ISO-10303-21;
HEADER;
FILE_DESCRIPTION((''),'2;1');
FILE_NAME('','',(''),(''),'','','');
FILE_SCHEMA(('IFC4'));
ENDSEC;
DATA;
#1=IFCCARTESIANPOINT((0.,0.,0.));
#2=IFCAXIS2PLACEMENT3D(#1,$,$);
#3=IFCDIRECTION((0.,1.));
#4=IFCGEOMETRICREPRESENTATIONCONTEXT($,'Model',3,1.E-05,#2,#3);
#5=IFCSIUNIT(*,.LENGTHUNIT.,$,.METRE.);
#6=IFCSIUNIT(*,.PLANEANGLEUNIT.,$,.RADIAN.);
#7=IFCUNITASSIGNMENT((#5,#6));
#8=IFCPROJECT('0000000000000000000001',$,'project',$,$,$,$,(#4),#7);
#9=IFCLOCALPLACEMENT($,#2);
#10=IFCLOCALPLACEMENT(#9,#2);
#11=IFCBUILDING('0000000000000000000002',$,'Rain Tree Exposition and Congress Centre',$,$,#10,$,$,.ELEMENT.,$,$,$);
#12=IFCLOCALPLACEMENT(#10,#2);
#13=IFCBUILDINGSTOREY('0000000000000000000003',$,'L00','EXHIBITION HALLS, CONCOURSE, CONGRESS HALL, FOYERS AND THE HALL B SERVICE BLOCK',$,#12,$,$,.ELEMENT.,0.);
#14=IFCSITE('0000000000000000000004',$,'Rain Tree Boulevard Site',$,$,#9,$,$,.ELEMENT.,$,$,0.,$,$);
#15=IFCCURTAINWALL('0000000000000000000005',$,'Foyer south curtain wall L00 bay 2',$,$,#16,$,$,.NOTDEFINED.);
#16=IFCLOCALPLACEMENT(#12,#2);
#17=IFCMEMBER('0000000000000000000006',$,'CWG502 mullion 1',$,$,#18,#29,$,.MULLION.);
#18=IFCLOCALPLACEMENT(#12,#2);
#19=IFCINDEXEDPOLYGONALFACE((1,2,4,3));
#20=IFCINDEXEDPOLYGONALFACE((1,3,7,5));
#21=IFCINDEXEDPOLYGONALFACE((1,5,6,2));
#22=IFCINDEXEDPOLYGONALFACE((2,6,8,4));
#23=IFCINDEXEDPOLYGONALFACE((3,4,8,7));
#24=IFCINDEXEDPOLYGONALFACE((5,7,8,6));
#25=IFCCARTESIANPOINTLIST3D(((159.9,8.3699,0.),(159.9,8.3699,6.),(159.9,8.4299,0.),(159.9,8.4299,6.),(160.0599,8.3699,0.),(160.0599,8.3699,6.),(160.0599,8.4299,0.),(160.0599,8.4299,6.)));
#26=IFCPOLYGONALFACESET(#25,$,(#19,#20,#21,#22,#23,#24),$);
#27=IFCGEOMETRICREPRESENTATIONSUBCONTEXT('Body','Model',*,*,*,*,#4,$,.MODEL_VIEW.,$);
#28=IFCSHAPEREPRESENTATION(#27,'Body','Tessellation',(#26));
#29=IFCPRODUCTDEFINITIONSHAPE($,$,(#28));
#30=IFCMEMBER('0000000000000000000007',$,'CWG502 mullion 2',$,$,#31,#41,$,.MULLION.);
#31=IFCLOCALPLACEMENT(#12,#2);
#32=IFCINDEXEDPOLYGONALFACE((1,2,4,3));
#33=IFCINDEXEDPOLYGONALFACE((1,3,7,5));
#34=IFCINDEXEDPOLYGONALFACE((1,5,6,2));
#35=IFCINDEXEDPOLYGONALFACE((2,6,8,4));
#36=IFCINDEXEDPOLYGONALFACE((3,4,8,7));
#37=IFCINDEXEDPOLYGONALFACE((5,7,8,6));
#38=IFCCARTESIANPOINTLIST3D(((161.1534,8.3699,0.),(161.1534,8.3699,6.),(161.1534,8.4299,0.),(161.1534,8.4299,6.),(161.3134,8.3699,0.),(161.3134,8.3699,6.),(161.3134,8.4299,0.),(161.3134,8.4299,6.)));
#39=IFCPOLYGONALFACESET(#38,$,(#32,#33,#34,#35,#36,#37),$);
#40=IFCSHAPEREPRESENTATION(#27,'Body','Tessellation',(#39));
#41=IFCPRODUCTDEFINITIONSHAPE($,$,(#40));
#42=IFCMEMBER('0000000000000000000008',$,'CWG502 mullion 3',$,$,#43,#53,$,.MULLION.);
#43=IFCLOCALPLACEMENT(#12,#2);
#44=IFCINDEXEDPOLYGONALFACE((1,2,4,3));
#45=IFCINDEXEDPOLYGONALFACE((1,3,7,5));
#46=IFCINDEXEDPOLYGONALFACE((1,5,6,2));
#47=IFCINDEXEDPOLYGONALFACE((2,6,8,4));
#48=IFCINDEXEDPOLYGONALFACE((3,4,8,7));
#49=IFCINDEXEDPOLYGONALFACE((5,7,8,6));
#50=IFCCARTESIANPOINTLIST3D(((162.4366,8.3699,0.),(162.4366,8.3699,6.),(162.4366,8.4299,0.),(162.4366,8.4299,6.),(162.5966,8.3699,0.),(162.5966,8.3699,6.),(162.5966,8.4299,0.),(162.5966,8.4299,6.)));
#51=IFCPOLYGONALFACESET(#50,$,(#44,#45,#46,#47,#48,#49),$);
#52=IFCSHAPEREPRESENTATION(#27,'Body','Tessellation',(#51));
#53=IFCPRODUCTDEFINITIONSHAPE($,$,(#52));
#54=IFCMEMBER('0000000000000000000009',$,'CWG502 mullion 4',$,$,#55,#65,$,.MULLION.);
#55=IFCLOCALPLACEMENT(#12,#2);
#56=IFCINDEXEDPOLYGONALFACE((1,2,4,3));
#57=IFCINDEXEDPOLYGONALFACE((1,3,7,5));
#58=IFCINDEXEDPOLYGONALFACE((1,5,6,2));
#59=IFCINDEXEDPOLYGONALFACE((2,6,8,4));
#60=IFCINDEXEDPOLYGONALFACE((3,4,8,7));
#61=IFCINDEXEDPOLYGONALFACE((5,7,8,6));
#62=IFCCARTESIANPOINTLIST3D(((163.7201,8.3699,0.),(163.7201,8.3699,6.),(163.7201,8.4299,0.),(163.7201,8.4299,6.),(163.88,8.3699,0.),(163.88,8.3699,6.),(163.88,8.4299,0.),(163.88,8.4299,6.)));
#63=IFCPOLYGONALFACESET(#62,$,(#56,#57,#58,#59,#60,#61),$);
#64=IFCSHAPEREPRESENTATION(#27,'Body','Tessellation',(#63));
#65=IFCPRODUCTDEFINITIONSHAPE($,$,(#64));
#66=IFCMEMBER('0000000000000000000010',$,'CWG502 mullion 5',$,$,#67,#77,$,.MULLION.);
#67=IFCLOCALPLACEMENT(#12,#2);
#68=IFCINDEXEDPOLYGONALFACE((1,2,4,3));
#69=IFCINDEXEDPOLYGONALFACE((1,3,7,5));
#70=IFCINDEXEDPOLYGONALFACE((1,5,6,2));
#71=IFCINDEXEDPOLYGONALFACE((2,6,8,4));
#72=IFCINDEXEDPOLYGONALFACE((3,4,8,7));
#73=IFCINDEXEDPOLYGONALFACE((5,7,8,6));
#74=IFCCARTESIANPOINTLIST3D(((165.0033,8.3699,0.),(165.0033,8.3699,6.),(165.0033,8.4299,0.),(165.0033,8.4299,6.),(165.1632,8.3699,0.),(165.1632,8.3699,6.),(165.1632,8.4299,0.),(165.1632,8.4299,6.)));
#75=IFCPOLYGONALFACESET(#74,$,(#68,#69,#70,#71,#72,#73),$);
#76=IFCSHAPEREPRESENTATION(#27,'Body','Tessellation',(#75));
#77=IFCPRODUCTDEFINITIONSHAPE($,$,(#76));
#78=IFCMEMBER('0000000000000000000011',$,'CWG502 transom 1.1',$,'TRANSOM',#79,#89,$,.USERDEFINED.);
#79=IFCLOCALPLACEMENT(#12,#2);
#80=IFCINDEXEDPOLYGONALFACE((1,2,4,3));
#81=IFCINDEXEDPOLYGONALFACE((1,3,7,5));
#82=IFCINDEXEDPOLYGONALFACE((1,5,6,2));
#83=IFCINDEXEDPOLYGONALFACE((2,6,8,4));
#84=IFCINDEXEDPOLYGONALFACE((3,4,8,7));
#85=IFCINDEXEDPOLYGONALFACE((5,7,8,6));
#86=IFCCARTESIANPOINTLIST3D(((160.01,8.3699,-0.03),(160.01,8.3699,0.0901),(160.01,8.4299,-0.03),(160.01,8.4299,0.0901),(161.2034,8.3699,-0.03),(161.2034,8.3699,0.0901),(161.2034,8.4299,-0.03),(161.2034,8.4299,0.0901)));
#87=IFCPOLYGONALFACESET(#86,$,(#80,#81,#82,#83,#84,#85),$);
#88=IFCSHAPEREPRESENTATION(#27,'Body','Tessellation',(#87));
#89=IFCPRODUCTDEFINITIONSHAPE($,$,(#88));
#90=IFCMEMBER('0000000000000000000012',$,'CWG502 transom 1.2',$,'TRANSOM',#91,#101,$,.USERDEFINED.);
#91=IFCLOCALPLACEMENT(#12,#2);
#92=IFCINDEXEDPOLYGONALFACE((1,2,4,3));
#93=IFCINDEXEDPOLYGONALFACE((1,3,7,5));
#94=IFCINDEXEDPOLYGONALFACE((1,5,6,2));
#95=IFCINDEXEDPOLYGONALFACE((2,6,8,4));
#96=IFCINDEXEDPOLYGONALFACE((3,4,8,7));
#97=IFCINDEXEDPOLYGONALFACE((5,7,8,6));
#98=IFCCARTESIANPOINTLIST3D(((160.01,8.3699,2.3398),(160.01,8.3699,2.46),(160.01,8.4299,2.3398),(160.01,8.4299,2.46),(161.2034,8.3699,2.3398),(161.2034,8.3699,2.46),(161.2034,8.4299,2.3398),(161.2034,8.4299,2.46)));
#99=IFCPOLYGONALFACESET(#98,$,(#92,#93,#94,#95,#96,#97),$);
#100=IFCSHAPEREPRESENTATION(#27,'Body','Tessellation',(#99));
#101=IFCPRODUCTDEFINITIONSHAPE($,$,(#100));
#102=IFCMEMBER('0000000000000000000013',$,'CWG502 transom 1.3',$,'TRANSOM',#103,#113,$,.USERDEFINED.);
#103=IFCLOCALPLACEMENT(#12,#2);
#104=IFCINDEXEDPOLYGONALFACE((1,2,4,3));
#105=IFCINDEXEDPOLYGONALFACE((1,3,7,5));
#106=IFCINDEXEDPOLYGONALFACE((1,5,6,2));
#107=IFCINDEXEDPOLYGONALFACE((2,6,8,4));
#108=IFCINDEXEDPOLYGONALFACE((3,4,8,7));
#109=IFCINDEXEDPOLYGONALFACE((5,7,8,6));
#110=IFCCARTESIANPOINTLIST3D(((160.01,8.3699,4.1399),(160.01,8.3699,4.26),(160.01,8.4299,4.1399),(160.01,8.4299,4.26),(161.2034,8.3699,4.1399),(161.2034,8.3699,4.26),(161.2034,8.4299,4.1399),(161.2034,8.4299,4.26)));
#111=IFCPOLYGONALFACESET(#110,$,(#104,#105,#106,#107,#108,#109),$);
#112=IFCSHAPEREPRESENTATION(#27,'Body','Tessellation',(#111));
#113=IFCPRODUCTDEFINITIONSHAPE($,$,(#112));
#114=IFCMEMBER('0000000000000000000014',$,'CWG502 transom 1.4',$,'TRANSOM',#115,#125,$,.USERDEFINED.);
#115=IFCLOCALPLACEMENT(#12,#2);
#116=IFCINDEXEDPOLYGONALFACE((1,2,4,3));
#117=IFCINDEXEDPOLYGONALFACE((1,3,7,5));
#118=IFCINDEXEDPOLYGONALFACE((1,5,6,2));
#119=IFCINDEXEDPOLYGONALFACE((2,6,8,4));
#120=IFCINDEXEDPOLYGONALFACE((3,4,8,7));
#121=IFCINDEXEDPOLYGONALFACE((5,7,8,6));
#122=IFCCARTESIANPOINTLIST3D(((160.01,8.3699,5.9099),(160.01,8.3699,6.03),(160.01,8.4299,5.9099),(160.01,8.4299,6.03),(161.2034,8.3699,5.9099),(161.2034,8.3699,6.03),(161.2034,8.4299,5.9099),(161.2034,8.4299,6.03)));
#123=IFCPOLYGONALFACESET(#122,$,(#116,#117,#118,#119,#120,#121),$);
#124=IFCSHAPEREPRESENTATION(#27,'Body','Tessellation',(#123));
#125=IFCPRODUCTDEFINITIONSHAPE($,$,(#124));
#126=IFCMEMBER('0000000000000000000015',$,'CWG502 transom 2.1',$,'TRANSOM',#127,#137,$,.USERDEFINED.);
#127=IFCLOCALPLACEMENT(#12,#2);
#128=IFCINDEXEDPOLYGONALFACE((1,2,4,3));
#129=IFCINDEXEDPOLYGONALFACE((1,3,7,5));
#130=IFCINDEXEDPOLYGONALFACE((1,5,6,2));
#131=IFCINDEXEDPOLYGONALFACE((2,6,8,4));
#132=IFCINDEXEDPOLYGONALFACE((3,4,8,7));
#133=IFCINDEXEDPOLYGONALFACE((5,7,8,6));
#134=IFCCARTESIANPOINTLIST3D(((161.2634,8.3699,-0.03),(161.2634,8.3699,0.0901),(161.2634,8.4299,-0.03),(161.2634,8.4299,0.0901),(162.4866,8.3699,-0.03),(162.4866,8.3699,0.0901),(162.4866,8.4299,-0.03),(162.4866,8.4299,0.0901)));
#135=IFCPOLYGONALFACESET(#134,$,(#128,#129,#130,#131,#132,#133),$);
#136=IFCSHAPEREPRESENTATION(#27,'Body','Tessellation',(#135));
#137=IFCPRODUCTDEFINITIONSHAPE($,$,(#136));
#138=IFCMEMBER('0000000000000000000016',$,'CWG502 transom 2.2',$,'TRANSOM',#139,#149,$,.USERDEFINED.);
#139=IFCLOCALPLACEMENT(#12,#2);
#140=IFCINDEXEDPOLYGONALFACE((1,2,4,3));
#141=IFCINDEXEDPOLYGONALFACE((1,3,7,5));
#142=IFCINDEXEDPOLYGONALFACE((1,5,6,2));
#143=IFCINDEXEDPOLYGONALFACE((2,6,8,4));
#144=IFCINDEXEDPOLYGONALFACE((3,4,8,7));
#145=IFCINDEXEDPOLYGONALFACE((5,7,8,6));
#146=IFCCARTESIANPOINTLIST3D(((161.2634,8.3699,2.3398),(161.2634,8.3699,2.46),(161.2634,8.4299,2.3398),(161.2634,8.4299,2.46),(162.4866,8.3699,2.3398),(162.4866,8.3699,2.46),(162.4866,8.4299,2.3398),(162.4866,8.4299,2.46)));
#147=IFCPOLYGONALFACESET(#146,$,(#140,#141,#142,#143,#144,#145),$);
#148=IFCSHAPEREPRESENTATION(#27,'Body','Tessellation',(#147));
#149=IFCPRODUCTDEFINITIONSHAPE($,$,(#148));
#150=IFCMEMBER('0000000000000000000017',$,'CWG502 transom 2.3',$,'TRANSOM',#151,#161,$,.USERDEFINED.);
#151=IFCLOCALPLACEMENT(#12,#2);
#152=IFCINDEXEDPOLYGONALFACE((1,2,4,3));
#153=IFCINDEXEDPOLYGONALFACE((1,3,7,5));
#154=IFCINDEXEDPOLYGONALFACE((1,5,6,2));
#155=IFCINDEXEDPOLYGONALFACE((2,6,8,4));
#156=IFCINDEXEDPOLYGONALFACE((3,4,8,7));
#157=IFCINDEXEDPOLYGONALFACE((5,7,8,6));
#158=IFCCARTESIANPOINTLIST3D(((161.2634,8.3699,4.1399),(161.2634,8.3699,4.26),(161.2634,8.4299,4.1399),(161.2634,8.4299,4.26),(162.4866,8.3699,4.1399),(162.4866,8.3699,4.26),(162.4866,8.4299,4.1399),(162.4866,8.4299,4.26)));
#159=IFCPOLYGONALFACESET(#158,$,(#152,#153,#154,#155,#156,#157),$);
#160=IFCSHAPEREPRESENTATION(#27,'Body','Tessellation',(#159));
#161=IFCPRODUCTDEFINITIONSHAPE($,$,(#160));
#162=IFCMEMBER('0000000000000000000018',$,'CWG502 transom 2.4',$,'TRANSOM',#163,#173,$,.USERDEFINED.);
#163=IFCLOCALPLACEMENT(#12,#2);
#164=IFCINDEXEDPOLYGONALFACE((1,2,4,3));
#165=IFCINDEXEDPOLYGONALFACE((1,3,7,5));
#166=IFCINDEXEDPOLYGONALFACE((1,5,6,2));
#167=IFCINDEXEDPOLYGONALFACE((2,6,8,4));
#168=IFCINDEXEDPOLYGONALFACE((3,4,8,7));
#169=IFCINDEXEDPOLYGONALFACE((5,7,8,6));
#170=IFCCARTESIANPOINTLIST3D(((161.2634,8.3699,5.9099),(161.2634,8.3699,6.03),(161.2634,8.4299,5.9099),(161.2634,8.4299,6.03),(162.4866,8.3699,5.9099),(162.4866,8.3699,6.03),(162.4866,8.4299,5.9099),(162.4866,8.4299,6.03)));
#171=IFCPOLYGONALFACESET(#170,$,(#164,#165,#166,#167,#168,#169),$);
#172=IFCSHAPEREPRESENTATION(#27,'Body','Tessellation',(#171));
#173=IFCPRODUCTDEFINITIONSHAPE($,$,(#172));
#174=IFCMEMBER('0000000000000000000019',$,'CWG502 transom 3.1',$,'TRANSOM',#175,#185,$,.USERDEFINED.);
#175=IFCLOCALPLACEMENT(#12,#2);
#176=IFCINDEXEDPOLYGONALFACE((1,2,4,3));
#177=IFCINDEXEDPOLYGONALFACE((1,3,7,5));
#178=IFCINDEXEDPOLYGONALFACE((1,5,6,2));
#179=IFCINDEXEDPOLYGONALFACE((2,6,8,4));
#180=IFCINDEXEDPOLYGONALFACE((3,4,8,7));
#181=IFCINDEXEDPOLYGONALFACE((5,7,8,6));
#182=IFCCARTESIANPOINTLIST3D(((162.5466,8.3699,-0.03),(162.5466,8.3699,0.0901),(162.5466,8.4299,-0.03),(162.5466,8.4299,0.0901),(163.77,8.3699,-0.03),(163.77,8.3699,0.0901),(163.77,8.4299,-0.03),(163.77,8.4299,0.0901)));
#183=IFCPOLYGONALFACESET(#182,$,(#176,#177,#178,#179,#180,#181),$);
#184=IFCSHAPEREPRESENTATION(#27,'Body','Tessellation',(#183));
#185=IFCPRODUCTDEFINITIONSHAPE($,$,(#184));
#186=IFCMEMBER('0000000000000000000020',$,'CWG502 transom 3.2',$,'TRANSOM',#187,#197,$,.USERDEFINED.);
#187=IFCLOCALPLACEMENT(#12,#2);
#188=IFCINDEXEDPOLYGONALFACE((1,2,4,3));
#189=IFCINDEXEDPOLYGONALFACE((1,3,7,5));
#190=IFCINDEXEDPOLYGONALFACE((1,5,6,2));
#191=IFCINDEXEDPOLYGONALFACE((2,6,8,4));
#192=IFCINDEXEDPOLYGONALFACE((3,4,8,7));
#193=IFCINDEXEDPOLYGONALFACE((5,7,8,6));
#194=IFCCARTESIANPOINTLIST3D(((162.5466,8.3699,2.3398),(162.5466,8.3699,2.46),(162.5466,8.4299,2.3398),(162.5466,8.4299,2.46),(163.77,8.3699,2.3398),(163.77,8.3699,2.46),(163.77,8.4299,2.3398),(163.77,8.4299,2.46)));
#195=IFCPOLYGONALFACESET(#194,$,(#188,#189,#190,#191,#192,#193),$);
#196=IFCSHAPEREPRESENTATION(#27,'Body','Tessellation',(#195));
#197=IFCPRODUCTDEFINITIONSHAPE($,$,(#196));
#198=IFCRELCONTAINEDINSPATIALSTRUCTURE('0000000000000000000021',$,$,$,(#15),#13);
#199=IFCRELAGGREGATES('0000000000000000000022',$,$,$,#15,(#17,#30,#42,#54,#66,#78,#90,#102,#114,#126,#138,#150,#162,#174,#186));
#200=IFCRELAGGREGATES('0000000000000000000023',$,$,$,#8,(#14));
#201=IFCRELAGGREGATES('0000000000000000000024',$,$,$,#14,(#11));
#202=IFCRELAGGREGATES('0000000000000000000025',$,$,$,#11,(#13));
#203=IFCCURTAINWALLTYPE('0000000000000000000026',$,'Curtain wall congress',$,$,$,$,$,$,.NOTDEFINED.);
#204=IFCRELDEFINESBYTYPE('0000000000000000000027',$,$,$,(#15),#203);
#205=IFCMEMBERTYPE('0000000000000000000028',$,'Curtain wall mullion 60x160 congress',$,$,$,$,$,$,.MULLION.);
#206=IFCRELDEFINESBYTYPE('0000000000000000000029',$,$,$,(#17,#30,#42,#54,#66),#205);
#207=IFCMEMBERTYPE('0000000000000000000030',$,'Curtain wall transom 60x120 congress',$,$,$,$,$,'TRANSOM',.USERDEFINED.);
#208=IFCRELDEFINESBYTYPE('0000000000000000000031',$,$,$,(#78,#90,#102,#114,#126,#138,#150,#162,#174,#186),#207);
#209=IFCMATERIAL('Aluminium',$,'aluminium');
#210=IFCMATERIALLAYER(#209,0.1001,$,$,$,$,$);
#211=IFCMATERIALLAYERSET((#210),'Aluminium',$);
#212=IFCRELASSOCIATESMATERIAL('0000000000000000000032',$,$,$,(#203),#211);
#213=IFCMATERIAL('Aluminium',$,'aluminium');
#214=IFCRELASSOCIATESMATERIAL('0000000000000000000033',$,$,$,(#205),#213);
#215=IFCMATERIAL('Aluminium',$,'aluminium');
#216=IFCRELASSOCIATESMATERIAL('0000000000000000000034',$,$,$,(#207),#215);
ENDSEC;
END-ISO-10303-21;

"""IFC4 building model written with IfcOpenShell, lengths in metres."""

from ifc_helpers import new_model, si_unit, direction, frame, origin, origin_2d, place, context, subcontext, project, spatial, rectangle, extrude, material, layer, layer_set, material_profile, profile_set, type_object, element, aggregate, save


model = new_model("IFC4")

# Units and contexts
model_context = context("Model", 3, precision=1e-05, world=origin(), true_north=direction((0.0, 1.0)))
body_context = subcontext(model_context, "Body", "Model", "MODEL_VIEW")
ifc_project = project(units=[si_unit("LENGTHUNIT", "METRE"), si_unit("PLANEANGLEUNIT", "RADIAN")], contexts=[model_context])

# Site, building, storey
site_placement = place(None, origin())
site = spatial("IfcSite", under=ifc_project, at=site_placement, Name="Rain Tree Boulevard Site", CompositionType="ELEMENT", RefElevation=0.0)
building_placement = place(site_placement, origin())
building = spatial("IfcBuilding", under=site, at=building_placement, Name="Rain Tree Exposition and Congress Centre", CompositionType="ELEMENT")
storey_placement = place(building_placement, origin())
storey = spatial("IfcBuildingStorey", under=building, at=storey_placement, Name="L00", Description="EXHIBITION HALLS, CONCOURSE, CONGRESS HALL, FOYERS AND THE HALL B SERVICE BLOCK", CompositionType="ELEMENT", Elevation=0.0)

# Curtain wall, members
ifc_material_1 = material(Name="Aluminium", Category="aluminium")
ifc_layer_1 = layer(ifc_material_1, 0.1001)
ifc_layer_set_1 = layer_set([ifc_layer_1], Name="Aluminium")
curtain_wall_type = type_object("IfcCurtainWallType", Name="Curtain wall congress", PredefinedType="NOTDEFINED", material=ifc_layer_set_1)
curtain_wall_placement = place(storey_placement, origin())
curtain_wall = element("IfcCurtainWall", 1, at=curtain_wall_placement, inside=storey, type_object=curtain_wall_type, Name="Foyer south curtain wall L00 bay 2", PredefinedType="NOTDEFINED")
ifc_material_2 = material(Name="Aluminium", Category="aluminium")
ifc_material_profile_1 = material_profile(ifc_material_2, rectangle(XDim=0.0601, YDim=0.1599, at=origin_2d()), Name="AL 60x160")
ifc_profile_set_1 = profile_set([ifc_material_profile_1], Name="Aluminium")
member_type_1 = type_object("IfcMemberType", Name="Curtain wall mullion 60x160 congress", PredefinedType="MULLION", material=ifc_profile_set_1)
member_1_placement = place(storey_placement, frame((159.98, 8.3999, 0.0), z_axis=(0.0, 0.0, 1.0), x_axis=(0.0, 1.0, 0.0)))
member_1 = element("IfcMember", 2, at=member_1_placement, type_object=member_type_1, Name="CWG502 mullion 1", PredefinedType="MULLION", context=body_context, shape_type="SweptSolid", body=[
    extrude(rectangle(XDim=0.0601, YDim=0.1599, at=origin_2d()), origin(), (0.0, 0.0, 1.0), 6.0),
])
member_2_placement = place(storey_placement, frame((161.2334, 8.3999, 0.0), z_axis=(0.0, 0.0, 1.0), x_axis=(0.0, 1.0, 0.0)))
member_2 = element("IfcMember", 3, at=member_2_placement, type_object=member_type_1, Name="CWG502 mullion 2", PredefinedType="MULLION", context=body_context, shape_type="SweptSolid", body=[
    extrude(rectangle(XDim=0.0601, YDim=0.1599, at=origin_2d()), origin(), (0.0, 0.0, 1.0), 6.0),
])
member_3_placement = place(storey_placement, frame((162.5166, 8.3999, 0.0), z_axis=(0.0, 0.0, 1.0), x_axis=(0.0, 1.0, 0.0)))
member_3 = element("IfcMember", 4, at=member_3_placement, type_object=member_type_1, Name="CWG502 mullion 3", PredefinedType="MULLION", context=body_context, shape_type="SweptSolid", body=[
    extrude(rectangle(XDim=0.0601, YDim=0.1599, at=origin_2d()), origin(), (0.0, 0.0, 1.0), 6.0),
])
member_4_placement = place(storey_placement, frame((163.8, 8.3999, 0.0), z_axis=(0.0, 0.0, 1.0), x_axis=(0.0, 1.0, 0.0)))
member_4 = element("IfcMember", 5, at=member_4_placement, type_object=member_type_1, Name="CWG502 mullion 4", PredefinedType="MULLION", context=body_context, shape_type="SweptSolid", body=[
    extrude(rectangle(XDim=0.0601, YDim=0.1599, at=origin_2d()), origin(), (0.0, 0.0, 1.0), 6.0),
])
member_5_placement = place(storey_placement, frame((165.0833, 8.3999, 0.0), z_axis=(0.0, 0.0, 1.0), x_axis=(0.0, 1.0, 0.0)))
member_5 = element("IfcMember", 6, at=member_5_placement, type_object=member_type_1, Name="CWG502 mullion 5", PredefinedType="MULLION", context=body_context, shape_type="SweptSolid", body=[
    extrude(rectangle(XDim=0.0601, YDim=0.1599, at=origin_2d()), origin(), (0.0, 0.0, 1.0), 6.0),
])
ifc_material_3 = material(Name="Aluminium", Category="aluminium")
ifc_material_profile_2 = material_profile(ifc_material_3, rectangle(XDim=0.0601, YDim=0.1201, at=origin_2d()), Name="AL 60x120")
ifc_profile_set_2 = profile_set([ifc_material_profile_2], Name="Aluminium")
member_type_2 = type_object("IfcMemberType", Name="Curtain wall transom 60x120 congress", ElementType="TRANSOM", PredefinedType="USERDEFINED", material=ifc_profile_set_2)
member_6_placement = place(storey_placement, frame((160.01, 8.3999, 0.03), z_axis=(1.0, 0.0, 0.0), x_axis=(0.0, 1.0, 0.0)))
member_6 = element("IfcMember", 7, at=member_6_placement, type_object=member_type_2, Name="CWG502 transom 1.1", ObjectType="TRANSOM", PredefinedType="USERDEFINED", context=body_context, shape_type="SweptSolid", body=[
    extrude(rectangle(XDim=0.0601, YDim=0.1201, at=origin_2d()), origin(), (0.0, 0.0, 1.0), 1.1934),
])
member_7_placement = place(storey_placement, frame((160.01, 8.3999, 2.3999), z_axis=(1.0, 0.0, 0.0), x_axis=(0.0, 1.0, 0.0)))
member_7 = element("IfcMember", 8, at=member_7_placement, type_object=member_type_2, Name="CWG502 transom 1.2", ObjectType="TRANSOM", PredefinedType="USERDEFINED", context=body_context, shape_type="SweptSolid", body=[
    extrude(rectangle(XDim=0.0601, YDim=0.1201, at=origin_2d()), origin(), (0.0, 0.0, 1.0), 1.1934),
])
member_8_placement = place(storey_placement, frame((160.01, 8.3999, 4.2), z_axis=(1.0, 0.0, 0.0), x_axis=(0.0, 1.0, 0.0)))
member_8 = element("IfcMember", 9, at=member_8_placement, type_object=member_type_2, Name="CWG502 transom 1.3", ObjectType="TRANSOM", PredefinedType="USERDEFINED", context=body_context, shape_type="SweptSolid", body=[
    extrude(rectangle(XDim=0.0601, YDim=0.1201, at=origin_2d()), origin(), (0.0, 0.0, 1.0), 1.1934),
])
member_9_placement = place(storey_placement, frame((160.01, 8.3999, 5.97), z_axis=(1.0, 0.0, 0.0), x_axis=(0.0, 1.0, 0.0)))
member_9 = element("IfcMember", 10, at=member_9_placement, type_object=member_type_2, Name="CWG502 transom 1.4", ObjectType="TRANSOM", PredefinedType="USERDEFINED", context=body_context, shape_type="SweptSolid", body=[
    extrude(rectangle(XDim=0.0601, YDim=0.1201, at=origin_2d()), origin(), (0.0, 0.0, 1.0), 1.1934),
])
member_10_placement = place(storey_placement, frame((161.2634, 8.3999, 0.03), z_axis=(1.0, 0.0, 0.0), x_axis=(0.0, 1.0, 0.0)))
member_10 = element("IfcMember", 11, at=member_10_placement, type_object=member_type_2, Name="CWG502 transom 2.1", ObjectType="TRANSOM", PredefinedType="USERDEFINED", context=body_context, shape_type="SweptSolid", body=[
    extrude(rectangle(XDim=0.0601, YDim=0.1201, at=origin_2d()), origin(), (0.0, 0.0, 1.0), 1.2231),
])
member_11_placement = place(storey_placement, frame((161.2634, 8.3999, 2.3999), z_axis=(1.0, 0.0, 0.0), x_axis=(0.0, 1.0, 0.0)))
member_11 = element("IfcMember", 12, at=member_11_placement, type_object=member_type_2, Name="CWG502 transom 2.2", ObjectType="TRANSOM", PredefinedType="USERDEFINED", context=body_context, shape_type="SweptSolid", body=[
    extrude(rectangle(XDim=0.0601, YDim=0.1201, at=origin_2d()), origin(), (0.0, 0.0, 1.0), 1.2231),
])
member_12_placement = place(storey_placement, frame((161.2634, 8.3999, 4.2), z_axis=(1.0, 0.0, 0.0), x_axis=(0.0, 1.0, 0.0)))
member_12 = element("IfcMember", 13, at=member_12_placement, type_object=member_type_2, Name="CWG502 transom 2.3", ObjectType="TRANSOM", PredefinedType="USERDEFINED", context=body_context, shape_type="SweptSolid", body=[
    extrude(rectangle(XDim=0.0601, YDim=0.1201, at=origin_2d()), origin(), (0.0, 0.0, 1.0), 1.2231),
])
member_13_placement = place(storey_placement, frame((161.2634, 8.3999, 5.97), z_axis=(1.0, 0.0, 0.0), x_axis=(0.0, 1.0, 0.0)))
member_13 = element("IfcMember", 14, at=member_13_placement, type_object=member_type_2, Name="CWG502 transom 2.4", ObjectType="TRANSOM", PredefinedType="USERDEFINED", context=body_context, shape_type="SweptSolid", body=[
    extrude(rectangle(XDim=0.0601, YDim=0.1201, at=origin_2d()), origin(), (0.0, 0.0, 1.0), 1.2231),
])
member_14_placement = place(storey_placement, frame((162.5466, 8.3999, 0.03), z_axis=(1.0, 0.0, 0.0), x_axis=(0.0, 1.0, 0.0)))
member_14 = element("IfcMember", 15, at=member_14_placement, type_object=member_type_2, Name="CWG502 transom 3.1", ObjectType="TRANSOM", PredefinedType="USERDEFINED", context=body_context, shape_type="SweptSolid", body=[
    extrude(rectangle(XDim=0.0601, YDim=0.1201, at=origin_2d()), origin(), (0.0, 0.0, 1.0), 1.2234),
])
member_15_placement = place(storey_placement, frame((162.5466, 8.3999, 2.3999), z_axis=(1.0, 0.0, 0.0), x_axis=(0.0, 1.0, 0.0)))
member_15 = element("IfcMember", 16, at=member_15_placement, type_object=member_type_2, Name="CWG502 transom 3.2", ObjectType="TRANSOM", PredefinedType="USERDEFINED", context=body_context, shape_type="SweptSolid", body=[
    extrude(rectangle(XDim=0.0601, YDim=0.1201, at=origin_2d()), origin(), (0.0, 0.0, 1.0), 1.2234),
])
aggregate(curtain_wall, [member_1, member_2, member_3, member_4, member_5, member_6, member_7, member_8, member_9, member_10, member_11, member_12, member_13, member_14, member_15])

save(model, "model.ifc")
